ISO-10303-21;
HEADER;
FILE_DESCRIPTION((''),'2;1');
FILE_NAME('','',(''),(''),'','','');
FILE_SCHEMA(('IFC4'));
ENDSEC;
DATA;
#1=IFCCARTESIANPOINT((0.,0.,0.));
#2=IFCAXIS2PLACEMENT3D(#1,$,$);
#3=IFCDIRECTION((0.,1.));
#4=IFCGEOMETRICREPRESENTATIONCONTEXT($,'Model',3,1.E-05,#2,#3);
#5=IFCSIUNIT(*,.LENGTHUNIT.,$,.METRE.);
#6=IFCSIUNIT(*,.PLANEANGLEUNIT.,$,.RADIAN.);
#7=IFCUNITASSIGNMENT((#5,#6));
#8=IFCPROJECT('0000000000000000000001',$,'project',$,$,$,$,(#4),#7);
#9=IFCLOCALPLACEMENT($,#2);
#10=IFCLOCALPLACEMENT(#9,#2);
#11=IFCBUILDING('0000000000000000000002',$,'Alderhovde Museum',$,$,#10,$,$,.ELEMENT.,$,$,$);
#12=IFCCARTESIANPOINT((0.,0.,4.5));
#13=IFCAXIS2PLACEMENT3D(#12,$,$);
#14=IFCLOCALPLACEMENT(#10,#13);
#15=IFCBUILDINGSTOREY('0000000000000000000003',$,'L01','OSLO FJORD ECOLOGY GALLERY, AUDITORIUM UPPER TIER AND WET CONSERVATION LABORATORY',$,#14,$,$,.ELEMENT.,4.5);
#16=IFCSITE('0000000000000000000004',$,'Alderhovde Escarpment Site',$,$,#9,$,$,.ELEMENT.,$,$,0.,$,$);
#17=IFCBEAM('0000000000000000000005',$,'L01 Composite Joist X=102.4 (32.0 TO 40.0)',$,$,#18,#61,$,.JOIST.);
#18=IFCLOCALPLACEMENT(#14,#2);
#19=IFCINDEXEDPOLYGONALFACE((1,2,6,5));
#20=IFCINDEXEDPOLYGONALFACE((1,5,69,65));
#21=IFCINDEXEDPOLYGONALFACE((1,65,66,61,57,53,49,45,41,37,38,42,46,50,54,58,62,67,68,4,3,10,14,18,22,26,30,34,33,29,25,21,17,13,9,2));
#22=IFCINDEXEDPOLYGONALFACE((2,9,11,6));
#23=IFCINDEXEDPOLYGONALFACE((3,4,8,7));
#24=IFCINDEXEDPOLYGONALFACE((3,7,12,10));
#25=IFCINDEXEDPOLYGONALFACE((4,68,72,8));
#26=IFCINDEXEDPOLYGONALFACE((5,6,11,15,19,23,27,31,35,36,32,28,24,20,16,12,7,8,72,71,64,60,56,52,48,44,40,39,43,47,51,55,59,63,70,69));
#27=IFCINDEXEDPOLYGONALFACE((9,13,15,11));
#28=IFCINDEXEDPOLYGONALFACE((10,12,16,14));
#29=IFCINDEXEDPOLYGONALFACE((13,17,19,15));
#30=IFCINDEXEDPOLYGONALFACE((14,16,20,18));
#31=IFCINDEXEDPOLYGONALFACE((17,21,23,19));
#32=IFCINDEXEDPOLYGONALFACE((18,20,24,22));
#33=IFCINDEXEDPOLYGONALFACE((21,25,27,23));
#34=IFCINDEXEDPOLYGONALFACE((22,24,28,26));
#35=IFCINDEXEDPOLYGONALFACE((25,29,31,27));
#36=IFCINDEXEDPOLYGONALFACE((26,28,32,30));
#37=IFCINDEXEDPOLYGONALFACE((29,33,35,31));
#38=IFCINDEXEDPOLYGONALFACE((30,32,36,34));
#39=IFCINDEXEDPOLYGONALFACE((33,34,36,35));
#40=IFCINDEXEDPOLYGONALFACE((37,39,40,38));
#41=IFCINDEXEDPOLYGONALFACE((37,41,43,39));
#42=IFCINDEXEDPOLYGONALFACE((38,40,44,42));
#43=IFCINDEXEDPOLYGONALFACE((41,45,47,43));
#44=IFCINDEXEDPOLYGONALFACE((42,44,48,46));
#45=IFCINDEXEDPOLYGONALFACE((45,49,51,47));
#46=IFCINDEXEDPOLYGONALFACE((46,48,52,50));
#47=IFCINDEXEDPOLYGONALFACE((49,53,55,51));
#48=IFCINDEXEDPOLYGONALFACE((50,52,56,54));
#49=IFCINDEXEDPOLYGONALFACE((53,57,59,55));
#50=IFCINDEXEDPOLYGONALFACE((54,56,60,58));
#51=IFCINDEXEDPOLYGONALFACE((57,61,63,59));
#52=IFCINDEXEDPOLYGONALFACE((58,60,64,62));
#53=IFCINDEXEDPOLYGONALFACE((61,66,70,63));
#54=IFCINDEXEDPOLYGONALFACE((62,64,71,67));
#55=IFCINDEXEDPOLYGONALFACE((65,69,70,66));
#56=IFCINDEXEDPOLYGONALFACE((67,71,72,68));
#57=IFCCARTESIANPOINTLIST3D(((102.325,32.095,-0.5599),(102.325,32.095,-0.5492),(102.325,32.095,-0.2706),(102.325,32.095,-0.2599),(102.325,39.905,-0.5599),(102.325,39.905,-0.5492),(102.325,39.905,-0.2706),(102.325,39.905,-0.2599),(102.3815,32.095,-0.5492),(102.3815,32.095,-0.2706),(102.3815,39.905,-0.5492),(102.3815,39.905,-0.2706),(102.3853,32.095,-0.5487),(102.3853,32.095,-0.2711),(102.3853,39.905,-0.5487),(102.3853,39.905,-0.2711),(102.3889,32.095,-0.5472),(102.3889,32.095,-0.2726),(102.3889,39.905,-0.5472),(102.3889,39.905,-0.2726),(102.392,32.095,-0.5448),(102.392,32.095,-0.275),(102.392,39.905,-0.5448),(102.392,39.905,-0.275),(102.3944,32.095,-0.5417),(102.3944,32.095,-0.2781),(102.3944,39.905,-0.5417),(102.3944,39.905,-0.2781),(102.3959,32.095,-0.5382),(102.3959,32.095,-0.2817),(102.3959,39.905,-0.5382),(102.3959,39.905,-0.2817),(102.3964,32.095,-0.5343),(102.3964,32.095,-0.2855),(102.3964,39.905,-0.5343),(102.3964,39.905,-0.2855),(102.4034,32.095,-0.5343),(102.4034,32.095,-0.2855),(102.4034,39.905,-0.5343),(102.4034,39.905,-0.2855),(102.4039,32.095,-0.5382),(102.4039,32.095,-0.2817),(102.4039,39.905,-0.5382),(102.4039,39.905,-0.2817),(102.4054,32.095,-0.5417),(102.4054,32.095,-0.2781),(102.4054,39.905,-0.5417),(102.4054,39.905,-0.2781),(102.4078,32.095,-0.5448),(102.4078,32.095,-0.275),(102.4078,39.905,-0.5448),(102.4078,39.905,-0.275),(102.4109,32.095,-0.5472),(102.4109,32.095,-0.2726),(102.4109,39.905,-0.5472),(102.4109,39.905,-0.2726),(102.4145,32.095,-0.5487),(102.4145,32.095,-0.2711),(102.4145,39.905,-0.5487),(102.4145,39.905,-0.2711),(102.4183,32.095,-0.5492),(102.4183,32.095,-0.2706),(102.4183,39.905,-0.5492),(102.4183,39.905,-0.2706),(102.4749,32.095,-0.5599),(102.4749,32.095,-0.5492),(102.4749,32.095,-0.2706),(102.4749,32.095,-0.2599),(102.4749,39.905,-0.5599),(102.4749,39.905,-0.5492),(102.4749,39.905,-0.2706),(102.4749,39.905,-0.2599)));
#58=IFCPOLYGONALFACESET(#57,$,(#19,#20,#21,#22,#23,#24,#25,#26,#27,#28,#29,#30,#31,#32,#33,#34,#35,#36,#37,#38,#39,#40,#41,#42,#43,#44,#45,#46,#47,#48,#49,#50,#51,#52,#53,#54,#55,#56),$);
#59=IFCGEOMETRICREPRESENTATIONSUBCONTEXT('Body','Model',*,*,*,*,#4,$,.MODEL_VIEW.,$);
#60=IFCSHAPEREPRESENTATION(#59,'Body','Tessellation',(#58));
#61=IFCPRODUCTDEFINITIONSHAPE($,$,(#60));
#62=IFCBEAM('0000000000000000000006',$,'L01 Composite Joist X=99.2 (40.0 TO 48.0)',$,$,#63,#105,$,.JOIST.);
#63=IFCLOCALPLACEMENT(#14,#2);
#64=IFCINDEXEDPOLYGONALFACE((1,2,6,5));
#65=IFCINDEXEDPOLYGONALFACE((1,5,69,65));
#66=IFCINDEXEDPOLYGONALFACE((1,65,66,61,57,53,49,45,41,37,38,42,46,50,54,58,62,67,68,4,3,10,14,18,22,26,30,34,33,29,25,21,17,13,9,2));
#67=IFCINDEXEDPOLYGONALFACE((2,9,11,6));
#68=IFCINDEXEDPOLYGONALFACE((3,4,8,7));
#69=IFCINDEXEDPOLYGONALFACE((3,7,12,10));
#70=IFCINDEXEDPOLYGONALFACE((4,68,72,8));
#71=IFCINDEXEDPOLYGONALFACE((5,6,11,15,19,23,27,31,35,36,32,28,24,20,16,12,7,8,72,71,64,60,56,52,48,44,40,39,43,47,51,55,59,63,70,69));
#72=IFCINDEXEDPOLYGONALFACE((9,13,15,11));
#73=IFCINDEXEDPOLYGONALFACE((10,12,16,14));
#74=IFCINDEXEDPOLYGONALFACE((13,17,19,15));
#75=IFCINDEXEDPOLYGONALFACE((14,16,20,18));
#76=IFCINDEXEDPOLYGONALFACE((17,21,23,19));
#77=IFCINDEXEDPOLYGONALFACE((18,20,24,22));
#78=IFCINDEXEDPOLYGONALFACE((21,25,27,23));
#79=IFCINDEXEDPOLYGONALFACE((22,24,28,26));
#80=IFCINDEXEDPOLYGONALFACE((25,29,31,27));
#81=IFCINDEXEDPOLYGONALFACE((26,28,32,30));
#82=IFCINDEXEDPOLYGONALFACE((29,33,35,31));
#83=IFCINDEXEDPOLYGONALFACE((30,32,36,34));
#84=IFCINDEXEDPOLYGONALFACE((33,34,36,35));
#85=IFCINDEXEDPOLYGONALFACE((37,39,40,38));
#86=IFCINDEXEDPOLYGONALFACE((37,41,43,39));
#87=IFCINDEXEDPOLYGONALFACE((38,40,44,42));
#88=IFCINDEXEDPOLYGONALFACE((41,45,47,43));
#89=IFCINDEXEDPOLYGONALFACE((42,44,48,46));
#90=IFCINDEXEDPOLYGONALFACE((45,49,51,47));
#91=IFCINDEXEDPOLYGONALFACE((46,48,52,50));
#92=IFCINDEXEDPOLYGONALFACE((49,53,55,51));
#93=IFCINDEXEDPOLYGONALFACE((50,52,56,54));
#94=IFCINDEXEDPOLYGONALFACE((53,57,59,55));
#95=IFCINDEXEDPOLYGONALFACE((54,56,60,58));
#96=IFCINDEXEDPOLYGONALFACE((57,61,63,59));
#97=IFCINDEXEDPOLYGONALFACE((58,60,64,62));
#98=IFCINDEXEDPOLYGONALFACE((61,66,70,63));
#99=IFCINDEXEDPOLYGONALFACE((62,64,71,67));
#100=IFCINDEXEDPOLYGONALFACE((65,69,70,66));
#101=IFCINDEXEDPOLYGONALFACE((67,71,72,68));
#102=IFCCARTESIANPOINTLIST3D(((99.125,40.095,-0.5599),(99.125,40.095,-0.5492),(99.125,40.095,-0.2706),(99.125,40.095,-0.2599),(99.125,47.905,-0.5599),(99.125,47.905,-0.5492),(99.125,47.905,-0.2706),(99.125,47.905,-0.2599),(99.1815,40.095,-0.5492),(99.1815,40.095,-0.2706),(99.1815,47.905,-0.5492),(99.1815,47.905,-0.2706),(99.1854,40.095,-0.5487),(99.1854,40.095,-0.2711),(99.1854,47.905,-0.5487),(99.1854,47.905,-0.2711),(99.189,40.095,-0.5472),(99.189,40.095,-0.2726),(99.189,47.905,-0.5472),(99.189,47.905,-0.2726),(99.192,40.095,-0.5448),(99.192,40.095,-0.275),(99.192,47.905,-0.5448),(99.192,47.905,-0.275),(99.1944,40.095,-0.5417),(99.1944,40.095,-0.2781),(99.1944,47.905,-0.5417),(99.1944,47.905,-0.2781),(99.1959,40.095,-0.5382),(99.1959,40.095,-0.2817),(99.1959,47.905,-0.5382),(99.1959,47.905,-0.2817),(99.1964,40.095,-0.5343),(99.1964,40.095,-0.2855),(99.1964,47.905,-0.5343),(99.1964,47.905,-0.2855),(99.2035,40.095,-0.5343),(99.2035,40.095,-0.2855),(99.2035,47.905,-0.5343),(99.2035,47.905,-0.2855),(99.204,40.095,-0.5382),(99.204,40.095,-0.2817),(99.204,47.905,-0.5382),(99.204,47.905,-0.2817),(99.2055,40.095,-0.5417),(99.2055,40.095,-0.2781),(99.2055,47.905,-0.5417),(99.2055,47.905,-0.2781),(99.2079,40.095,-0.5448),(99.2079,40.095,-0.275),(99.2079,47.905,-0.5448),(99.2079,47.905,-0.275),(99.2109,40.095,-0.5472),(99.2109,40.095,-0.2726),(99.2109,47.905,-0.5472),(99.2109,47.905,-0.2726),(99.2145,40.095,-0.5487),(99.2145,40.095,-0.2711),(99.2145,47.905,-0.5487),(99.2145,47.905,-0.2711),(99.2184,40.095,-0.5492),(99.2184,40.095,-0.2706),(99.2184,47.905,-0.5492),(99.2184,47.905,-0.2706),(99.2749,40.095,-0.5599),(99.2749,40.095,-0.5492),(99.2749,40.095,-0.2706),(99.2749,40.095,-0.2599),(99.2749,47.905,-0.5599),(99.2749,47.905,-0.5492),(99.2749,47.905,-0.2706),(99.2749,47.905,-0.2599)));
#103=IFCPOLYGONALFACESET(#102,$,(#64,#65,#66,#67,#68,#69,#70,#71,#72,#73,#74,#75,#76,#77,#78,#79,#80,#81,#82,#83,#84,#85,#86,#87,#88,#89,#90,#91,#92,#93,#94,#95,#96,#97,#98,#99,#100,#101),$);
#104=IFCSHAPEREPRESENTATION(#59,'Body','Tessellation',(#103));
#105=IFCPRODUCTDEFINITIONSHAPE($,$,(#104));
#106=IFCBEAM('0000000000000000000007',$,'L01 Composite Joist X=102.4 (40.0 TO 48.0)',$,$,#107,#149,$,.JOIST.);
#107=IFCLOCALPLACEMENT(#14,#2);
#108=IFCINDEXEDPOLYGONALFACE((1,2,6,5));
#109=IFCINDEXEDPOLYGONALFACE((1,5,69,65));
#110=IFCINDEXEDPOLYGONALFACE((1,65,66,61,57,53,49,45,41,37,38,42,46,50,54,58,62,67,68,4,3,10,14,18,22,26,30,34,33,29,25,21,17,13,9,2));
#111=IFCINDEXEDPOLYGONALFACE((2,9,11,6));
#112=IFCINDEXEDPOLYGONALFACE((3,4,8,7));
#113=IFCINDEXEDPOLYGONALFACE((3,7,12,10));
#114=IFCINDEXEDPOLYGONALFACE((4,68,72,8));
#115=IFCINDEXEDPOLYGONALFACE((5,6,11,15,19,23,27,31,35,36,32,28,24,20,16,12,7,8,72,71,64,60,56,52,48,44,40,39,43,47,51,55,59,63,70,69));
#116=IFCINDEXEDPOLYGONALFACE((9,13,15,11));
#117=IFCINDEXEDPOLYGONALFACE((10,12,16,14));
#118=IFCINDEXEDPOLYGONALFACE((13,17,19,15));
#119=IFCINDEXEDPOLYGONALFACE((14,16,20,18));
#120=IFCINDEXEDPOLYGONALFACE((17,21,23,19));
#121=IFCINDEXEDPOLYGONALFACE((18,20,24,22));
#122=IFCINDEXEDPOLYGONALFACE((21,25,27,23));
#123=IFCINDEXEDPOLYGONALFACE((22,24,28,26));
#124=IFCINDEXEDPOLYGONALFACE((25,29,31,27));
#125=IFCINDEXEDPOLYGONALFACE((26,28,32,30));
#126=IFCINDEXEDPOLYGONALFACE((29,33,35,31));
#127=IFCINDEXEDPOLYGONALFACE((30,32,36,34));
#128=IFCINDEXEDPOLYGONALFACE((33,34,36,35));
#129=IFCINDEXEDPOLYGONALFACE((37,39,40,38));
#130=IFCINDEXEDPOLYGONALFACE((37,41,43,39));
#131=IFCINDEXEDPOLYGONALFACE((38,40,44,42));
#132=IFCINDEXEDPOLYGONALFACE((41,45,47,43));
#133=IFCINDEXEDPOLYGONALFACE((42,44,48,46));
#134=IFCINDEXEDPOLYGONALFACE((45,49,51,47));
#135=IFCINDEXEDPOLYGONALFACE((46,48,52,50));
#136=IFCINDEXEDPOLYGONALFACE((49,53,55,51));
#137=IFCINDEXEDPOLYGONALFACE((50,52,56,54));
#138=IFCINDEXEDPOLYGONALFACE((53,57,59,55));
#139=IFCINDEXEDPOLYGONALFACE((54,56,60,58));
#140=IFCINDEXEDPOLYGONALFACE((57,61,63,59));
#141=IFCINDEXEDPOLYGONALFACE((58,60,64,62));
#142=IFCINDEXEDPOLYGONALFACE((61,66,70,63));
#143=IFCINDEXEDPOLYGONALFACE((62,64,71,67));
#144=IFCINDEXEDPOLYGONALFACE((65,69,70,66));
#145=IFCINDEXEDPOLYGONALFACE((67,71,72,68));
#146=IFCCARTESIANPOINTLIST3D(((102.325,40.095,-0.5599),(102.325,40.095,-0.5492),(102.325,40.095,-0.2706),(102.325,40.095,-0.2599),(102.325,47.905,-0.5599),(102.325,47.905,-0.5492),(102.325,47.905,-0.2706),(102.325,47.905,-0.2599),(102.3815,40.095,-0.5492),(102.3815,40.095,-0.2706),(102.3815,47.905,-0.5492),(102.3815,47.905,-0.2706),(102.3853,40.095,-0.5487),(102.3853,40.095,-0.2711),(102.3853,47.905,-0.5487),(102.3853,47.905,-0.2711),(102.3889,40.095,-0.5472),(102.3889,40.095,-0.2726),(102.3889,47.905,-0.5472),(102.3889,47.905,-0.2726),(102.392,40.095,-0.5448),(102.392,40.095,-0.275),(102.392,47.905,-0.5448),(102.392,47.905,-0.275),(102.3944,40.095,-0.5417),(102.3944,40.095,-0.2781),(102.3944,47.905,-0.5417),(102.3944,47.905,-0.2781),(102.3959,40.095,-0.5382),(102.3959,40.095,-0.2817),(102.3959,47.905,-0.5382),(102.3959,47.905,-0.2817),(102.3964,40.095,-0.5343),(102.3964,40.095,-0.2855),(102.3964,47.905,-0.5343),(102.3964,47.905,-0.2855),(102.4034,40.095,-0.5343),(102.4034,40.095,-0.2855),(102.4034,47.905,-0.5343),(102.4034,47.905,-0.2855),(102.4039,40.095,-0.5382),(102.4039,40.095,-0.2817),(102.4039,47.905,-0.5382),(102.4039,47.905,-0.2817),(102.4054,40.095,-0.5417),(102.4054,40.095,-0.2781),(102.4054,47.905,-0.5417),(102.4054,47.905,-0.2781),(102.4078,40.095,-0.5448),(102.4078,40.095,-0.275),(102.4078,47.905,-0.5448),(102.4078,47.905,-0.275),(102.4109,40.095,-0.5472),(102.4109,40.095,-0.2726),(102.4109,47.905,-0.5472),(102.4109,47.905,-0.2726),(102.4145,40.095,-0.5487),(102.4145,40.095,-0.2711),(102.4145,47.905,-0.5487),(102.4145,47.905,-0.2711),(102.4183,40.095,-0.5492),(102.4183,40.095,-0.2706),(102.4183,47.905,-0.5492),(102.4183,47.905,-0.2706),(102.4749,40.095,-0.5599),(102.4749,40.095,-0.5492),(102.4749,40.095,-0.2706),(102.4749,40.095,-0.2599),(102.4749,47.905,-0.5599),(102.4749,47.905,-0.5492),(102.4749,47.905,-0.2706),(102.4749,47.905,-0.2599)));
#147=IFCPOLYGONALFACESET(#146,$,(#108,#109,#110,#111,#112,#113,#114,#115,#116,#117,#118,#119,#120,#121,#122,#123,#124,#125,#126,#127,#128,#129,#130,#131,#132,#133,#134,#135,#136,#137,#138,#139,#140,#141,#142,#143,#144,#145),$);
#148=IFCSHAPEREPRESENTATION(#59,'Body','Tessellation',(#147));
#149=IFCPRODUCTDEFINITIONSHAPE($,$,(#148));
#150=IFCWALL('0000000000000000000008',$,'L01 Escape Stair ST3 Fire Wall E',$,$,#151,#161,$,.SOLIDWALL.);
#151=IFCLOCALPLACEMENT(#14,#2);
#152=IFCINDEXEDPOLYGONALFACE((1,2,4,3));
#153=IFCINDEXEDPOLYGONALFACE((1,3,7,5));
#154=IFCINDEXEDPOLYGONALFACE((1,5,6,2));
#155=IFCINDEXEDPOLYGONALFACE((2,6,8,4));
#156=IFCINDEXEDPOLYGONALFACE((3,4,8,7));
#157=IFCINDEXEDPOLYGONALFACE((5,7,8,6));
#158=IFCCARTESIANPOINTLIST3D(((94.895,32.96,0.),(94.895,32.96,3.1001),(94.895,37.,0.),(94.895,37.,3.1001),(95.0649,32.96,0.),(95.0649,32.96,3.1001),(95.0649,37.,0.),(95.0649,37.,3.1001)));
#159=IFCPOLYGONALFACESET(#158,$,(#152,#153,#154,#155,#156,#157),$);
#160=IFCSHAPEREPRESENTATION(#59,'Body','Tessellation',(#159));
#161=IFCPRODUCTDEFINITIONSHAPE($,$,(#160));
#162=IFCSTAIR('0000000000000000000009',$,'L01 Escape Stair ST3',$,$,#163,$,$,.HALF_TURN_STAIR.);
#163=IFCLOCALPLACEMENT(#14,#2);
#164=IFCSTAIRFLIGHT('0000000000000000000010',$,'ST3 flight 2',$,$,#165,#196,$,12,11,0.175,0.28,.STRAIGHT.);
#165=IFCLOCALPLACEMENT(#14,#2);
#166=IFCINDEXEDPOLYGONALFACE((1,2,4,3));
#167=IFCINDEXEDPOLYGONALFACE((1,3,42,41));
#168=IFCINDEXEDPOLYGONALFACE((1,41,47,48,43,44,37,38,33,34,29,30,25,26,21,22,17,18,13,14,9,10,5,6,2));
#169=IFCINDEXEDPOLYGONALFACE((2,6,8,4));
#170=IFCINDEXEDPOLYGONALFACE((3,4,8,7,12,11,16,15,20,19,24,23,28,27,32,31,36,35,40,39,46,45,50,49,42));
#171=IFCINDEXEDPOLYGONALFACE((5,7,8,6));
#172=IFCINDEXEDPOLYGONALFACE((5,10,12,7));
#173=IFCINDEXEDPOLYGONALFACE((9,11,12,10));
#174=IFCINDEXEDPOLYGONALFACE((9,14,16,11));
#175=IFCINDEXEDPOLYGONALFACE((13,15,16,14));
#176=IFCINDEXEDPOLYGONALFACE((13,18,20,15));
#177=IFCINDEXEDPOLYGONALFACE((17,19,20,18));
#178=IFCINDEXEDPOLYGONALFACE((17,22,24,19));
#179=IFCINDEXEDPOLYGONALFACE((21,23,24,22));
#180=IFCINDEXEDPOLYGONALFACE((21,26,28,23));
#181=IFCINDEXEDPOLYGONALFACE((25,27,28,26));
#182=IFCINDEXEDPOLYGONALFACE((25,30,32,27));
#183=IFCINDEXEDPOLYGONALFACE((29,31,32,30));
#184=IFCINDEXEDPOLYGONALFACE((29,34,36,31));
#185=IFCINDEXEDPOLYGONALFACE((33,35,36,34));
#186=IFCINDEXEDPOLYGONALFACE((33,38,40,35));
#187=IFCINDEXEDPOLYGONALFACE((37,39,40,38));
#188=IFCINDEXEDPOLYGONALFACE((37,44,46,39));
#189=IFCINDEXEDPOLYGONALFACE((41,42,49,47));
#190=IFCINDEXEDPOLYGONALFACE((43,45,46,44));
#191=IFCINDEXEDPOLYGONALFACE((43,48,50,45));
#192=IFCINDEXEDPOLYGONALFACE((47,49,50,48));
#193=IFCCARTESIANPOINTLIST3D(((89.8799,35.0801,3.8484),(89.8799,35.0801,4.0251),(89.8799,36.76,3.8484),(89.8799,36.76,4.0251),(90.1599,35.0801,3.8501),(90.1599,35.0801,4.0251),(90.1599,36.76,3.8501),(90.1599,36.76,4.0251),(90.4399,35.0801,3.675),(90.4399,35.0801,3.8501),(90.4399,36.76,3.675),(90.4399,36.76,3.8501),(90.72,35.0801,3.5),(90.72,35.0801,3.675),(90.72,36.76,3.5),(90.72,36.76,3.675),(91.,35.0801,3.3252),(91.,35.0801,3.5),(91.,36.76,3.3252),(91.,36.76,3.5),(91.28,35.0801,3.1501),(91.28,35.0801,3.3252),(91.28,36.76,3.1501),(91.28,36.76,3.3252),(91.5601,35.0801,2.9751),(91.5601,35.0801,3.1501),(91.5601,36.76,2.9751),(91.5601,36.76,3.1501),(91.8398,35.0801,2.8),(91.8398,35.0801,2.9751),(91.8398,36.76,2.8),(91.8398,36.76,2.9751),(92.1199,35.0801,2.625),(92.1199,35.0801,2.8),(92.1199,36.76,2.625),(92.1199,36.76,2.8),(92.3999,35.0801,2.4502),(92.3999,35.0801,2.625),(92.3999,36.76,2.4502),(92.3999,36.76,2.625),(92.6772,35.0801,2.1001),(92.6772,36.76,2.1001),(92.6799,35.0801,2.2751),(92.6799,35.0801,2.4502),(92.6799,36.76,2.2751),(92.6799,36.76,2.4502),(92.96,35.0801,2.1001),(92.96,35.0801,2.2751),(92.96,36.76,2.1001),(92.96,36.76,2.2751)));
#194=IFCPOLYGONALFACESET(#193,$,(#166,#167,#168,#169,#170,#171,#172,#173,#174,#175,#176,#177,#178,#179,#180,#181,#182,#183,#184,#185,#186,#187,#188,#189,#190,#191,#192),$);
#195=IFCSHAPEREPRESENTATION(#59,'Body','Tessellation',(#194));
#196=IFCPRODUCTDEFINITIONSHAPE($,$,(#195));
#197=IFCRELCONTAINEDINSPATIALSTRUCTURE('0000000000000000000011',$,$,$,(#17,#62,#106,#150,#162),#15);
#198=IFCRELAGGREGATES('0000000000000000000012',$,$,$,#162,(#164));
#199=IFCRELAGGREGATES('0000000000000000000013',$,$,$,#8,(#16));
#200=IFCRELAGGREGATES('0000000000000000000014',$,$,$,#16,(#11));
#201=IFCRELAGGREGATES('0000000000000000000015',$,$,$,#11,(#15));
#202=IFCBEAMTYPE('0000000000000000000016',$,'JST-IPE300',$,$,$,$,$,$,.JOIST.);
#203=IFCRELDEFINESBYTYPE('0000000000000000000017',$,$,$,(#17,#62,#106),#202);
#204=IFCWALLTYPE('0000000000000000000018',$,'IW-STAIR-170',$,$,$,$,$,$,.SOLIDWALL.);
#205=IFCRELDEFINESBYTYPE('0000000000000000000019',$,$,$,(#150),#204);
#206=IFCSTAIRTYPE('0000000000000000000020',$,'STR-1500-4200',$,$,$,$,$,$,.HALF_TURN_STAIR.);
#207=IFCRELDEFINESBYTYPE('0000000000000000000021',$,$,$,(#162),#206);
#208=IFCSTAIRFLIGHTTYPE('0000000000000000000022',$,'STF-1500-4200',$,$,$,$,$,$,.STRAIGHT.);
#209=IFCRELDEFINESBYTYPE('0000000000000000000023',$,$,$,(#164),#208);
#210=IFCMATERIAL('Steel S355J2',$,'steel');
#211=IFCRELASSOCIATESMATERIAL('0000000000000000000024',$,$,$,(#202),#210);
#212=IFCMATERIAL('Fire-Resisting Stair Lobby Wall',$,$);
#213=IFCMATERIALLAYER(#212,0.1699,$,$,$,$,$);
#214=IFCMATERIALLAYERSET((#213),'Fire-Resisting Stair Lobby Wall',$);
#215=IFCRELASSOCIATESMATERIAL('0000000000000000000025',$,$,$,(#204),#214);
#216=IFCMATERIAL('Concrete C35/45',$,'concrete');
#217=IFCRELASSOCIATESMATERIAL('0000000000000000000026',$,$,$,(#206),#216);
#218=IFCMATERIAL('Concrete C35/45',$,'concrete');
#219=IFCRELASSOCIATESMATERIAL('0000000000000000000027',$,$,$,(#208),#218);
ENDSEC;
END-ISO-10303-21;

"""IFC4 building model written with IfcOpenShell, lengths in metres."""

from ifc_helpers import new_model, si_unit, direction, frame, frame_2d, origin, origin_2d, place, context, subcontext, project, spatial, polyline, rectangle, i_section, outline, extrude, material, layer, layer_set, material_profile, profile_set, type_object, element, aggregate, save


model = new_model("IFC4")

# Units and contexts
model_context = context("Model", 3, precision=1e-05, world=origin(), true_north=direction((0.0, 1.0)))
body_context = subcontext(model_context, "Body", "Model", "MODEL_VIEW")
ifc_project = project(units=[si_unit("LENGTHUNIT", "METRE"), si_unit("PLANEANGLEUNIT", "RADIAN")], contexts=[model_context])

# Site, building, storey
site_placement = place(None, origin())
site = spatial("IfcSite", under=ifc_project, at=site_placement, Name="Alderhovde Escarpment Site", CompositionType="ELEMENT", RefElevation=0.0)
building_placement = place(site_placement, origin())
building = spatial("IfcBuilding", under=site, at=building_placement, Name="Alderhovde Museum", CompositionType="ELEMENT")
storey_placement = place(building_placement, frame((0.0, 0.0, 4.5)))
storey = spatial("IfcBuildingStorey", under=building, at=storey_placement, Name="L01", Description="OSLO FJORD ECOLOGY GALLERY, AUDITORIUM UPPER TIER AND WET CONSERVATION LABORATORY", CompositionType="ELEMENT", Elevation=4.5)

# Beams
ifc_material_1 = material(Name="Steel S355J2", Category="steel")
ifc_material_profile_1 = material_profile(ifc_material_1, i_section(OverallWidth=0.1499, OverallDepth=0.3, WebThickness=0.0071, FlangeThickness=0.0107, FilletRadius=0.0149, at=origin_2d()), Name="IPE 300")
ifc_profile_set_1 = profile_set([ifc_material_profile_1], Name="Steel S355J2")
beam_type_1 = type_object("IfcBeamType", Name="JST-IPE300", PredefinedType="JOIST", material=ifc_profile_set_1)
for number, where, z_axis, x_axis, name in (
    (1, (102.3999, 32.095, -0.4099), (0.0, 1.0, 0.0), (-1.0, 0.0, 0.0), "L01 Composite Joist X=102.4 (32.0 TO 40.0)"),
    (2, (99.2, 40.095, -0.4099), (0.0, 1.0, 0.0), (-1.0, 0.0, 0.0), "L01 Composite Joist X=99.2 (40.0 TO 48.0)"),
    (3, (102.3999, 40.095, -0.4099), (0.0, 1.0, 0.0), (-1.0, 0.0, 0.0), "L01 Composite Joist X=102.4 (40.0 TO 48.0)"),
):
    element("IfcBeam", number, at=place(storey_placement, frame(where, z_axis=z_axis, x_axis=x_axis)), inside=storey, type_object=beam_type_1, Name=name, PredefinedType="JOIST", context=body_context, shape_type="SweptSolid", body=[
        extrude(i_section(OverallWidth=0.1499, OverallDepth=0.3, WebThickness=0.0071, FlangeThickness=0.0107, FilletRadius=0.0149, at=origin_2d()), origin(), (0.0, 0.0, 1.0), 7.8101),
    ])

# Wall
ifc_material_2 = material(Name="Fire-Resisting Stair Lobby Wall")
ifc_layer = layer(ifc_material_2, 0.1699)
ifc_layer_set = layer_set([ifc_layer], Name="Fire-Resisting Stair Lobby Wall")
wall_type = type_object("IfcWallType", Name="IW-STAIR-170", PredefinedType="SOLIDWALL", material=ifc_layer_set)
wall_placement = place(storey_placement, frame((94.98, 32.96, 0.0), z_axis=(0.0, 0.0, 1.0), x_axis=(0.0, 1.0, 0.0)))
element("IfcWall", 4, at=wall_placement, inside=storey, type_object=wall_type, Name="L01 Escape Stair ST3 Fire Wall E", PredefinedType="SOLIDWALL", context=body_context, shape_type="SweptSolid", body=[
    extrude(rectangle(XDim=4.04, YDim=0.1699, at=frame_2d((2.02, 0.0))), origin(), (0.0, 0.0, 1.0), 3.1001),
])

# Stair, stair flight
ifc_material_3 = material(Name="Concrete C35/45", Category="concrete")
stair_type = type_object("IfcStairType", Name="STR-1500-4200", PredefinedType="HALF_TURN_STAIR", material=ifc_material_3)
stair_placement = place(storey_placement, origin())
stair = element("IfcStair", 5, at=stair_placement, inside=storey, type_object=stair_type, Name="L01 Escape Stair ST3", PredefinedType="HALF_TURN_STAIR")
ifc_material_4 = material(Name="Concrete C35/45", Category="concrete")
stair_flight_type = type_object("IfcStairFlightType", Name="STF-1500-4200", PredefinedType="STRAIGHT", material=ifc_material_4)
stair_flight_placement = place(storey_placement, frame((92.96, 35.9199, 2.1001), z_axis=(0.0, 0.0, 1.0), x_axis=(-1.0, 0.0, 0.0)))
stair_flight = element("IfcStairFlight", 6, at=stair_flight_placement, type_object=stair_flight_type, Name="ST3 flight 2", NumberOfRisers=12, NumberOfTreads=11, PredefinedType="STRAIGHT", RiserHeight=0.175, TreadLength=0.28, context=body_context, shape_type="SweptSolid", body=[
    extrude(outline(polyline([(0.0, 0.0), (0.0, 0.175), (0.28, 0.175), (0.28, 0.3501), (0.5601, 0.3501), (0.5601, 0.5249), (0.8401, 0.5249), (0.8401, 0.7), (1.1201, 0.7), (1.1201, 0.875), (1.3999, 0.875), (1.3999, 1.05), (1.6799, 1.05), (1.6799, 1.2251), (1.96, 1.2251), (1.96, 1.3999), (2.24, 1.3999), (2.24, 1.575), (2.52, 1.575), (2.52, 1.75), (2.8, 1.75), (2.8, 1.925), (3.0801, 1.925), (3.0801, 2.1001), (3.0801, 1.7483), (0.2827, 0.0), (0.0, 0.0)])), frame((0.0, 0.8398, 0.0), z_axis=(0.0, -1.0, 0.0), x_axis=(1.0, 0.0, 0.0)), (0.0, 0.0, 1.0), 1.6799),
])
aggregate(stair, [stair_flight])

save(model, "model.ifc")
